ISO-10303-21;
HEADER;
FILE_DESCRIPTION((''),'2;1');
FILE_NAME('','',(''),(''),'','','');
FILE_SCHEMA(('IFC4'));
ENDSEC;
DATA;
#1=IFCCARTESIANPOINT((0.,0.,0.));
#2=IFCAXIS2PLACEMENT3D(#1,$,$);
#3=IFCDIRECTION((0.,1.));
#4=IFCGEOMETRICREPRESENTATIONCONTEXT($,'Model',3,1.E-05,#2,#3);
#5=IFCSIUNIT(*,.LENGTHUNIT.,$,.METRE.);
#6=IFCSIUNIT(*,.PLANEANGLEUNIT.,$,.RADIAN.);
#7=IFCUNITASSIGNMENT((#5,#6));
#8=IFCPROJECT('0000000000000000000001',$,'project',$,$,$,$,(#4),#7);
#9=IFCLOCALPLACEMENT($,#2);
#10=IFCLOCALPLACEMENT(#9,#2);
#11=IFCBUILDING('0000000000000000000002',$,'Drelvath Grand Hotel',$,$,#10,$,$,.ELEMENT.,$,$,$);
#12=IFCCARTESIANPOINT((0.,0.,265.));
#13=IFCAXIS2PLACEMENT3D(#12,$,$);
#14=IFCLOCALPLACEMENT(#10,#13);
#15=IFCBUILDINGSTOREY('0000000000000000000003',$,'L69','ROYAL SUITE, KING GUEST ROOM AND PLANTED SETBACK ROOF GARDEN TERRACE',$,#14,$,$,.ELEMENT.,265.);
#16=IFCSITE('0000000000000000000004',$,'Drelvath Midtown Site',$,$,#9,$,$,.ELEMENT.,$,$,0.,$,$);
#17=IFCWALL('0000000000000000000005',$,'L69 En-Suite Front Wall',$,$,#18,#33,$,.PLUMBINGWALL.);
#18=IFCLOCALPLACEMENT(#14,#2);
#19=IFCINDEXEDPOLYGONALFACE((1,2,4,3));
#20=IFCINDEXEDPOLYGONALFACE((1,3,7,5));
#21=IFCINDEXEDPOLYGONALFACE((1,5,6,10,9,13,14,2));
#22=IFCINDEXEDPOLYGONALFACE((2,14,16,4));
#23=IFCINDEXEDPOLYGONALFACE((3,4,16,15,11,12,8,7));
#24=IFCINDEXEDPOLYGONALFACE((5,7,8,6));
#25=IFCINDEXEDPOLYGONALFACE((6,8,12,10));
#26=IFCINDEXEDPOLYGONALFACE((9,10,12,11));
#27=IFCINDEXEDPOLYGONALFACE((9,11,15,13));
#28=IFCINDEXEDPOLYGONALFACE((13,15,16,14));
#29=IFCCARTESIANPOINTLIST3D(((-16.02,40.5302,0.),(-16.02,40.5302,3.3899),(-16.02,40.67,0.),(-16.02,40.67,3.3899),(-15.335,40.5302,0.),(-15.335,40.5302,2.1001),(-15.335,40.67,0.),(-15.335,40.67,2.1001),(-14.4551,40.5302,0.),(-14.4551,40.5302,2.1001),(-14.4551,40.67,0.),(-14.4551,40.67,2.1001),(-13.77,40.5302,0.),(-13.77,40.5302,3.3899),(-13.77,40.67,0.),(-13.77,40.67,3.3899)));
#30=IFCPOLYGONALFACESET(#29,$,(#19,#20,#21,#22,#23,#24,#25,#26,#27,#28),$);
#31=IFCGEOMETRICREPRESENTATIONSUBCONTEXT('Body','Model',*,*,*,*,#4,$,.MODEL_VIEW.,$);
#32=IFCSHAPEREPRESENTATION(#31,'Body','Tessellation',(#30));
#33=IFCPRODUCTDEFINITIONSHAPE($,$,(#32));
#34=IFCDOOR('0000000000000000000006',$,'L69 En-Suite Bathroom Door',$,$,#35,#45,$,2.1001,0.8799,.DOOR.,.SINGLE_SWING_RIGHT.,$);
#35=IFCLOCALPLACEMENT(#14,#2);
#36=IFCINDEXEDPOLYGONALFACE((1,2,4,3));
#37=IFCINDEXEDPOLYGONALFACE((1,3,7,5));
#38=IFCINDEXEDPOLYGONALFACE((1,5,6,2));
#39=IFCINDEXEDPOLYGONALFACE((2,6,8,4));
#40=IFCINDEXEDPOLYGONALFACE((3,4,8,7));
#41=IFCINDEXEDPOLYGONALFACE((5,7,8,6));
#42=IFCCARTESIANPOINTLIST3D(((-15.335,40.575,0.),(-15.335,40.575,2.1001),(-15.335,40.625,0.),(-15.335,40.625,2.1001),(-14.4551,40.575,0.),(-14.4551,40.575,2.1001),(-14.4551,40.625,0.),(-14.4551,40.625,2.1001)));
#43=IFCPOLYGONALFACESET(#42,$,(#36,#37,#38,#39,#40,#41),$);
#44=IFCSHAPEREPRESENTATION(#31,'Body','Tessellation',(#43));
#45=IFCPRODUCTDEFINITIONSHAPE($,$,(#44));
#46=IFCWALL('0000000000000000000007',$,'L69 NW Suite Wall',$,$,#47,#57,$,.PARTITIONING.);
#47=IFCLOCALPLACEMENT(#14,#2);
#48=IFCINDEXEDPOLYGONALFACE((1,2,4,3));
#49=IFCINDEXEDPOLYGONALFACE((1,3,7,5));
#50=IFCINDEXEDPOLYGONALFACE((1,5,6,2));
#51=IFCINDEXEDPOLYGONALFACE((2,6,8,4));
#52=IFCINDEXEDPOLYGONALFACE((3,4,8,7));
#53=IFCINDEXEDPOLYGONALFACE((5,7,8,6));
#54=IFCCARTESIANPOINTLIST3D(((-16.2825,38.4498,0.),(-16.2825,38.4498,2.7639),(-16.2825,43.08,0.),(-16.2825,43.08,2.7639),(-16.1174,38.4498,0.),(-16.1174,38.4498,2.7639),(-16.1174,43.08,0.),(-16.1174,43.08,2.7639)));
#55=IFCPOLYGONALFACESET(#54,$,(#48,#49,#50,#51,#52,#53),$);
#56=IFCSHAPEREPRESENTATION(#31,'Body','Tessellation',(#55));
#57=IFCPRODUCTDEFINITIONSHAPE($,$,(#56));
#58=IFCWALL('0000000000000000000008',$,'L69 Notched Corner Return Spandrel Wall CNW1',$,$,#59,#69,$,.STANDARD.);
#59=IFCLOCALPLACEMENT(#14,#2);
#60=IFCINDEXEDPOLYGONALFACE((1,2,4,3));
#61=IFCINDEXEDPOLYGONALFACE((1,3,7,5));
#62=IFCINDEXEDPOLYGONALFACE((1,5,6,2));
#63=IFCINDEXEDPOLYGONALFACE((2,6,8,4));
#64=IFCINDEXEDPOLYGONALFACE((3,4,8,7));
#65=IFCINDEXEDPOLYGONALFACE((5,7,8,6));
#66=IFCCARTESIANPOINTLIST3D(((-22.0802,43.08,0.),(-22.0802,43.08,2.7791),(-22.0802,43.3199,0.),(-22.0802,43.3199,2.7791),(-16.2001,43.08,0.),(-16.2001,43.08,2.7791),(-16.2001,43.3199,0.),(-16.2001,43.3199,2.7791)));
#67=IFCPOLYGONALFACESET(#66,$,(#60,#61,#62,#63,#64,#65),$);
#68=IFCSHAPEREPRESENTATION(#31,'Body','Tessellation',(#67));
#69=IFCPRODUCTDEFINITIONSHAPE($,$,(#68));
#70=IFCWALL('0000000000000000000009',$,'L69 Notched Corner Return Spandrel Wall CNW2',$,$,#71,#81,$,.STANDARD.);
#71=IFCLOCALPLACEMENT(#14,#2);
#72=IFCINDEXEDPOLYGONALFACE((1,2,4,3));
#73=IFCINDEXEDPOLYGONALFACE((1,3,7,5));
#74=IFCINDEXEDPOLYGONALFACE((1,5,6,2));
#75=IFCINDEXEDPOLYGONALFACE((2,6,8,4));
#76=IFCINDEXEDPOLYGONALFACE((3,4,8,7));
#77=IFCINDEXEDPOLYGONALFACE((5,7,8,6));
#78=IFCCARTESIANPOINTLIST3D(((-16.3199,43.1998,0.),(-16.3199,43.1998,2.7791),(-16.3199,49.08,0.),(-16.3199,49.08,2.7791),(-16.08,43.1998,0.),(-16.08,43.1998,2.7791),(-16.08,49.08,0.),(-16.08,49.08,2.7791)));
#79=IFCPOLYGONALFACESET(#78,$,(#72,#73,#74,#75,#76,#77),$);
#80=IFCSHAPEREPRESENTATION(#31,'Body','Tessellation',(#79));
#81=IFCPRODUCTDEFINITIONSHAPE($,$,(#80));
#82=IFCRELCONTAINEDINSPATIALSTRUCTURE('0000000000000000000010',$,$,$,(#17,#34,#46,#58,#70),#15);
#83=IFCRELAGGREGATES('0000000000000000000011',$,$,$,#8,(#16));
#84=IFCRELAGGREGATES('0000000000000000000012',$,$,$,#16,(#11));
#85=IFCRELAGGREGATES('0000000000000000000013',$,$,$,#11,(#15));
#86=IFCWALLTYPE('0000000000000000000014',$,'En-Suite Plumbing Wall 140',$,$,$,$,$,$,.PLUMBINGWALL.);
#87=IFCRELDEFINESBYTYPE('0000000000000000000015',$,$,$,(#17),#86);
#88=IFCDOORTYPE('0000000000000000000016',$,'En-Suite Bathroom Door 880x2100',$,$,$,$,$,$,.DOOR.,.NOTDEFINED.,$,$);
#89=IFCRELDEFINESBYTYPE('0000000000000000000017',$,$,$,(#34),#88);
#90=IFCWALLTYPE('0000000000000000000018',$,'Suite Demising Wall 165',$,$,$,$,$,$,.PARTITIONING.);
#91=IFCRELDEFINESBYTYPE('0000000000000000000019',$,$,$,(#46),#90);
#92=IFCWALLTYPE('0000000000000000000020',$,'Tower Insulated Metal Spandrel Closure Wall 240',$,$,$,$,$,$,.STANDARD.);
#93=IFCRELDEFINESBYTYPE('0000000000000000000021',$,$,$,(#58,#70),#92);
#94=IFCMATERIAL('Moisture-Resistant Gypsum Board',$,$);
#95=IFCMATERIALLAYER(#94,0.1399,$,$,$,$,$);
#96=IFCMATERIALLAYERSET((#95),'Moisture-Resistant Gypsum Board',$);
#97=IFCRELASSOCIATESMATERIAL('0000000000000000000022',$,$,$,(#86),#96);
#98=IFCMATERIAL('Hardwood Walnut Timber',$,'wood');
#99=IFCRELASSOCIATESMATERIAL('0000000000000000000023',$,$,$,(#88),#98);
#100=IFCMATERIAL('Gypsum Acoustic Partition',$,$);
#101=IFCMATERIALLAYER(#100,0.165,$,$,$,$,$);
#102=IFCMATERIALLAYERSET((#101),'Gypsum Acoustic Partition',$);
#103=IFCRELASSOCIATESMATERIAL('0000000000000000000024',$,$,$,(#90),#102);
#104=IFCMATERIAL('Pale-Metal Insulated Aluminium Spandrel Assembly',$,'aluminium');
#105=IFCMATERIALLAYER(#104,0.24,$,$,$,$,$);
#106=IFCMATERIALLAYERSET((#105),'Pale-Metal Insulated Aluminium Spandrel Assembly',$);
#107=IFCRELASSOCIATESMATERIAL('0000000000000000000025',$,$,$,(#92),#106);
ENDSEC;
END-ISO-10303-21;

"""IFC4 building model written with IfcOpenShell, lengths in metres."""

from ifc_helpers import new_model, si_unit, direction, frame, frame_2d, origin, place, context, subcontext, project, spatial, rectangle, extrude, material, layer, layer_set, type_object, element, fill, save


model = new_model("IFC4")

# Units and contexts
model_context = context("Model", 3, precision=1e-05, world=origin(), true_north=direction((0.0, 1.0)))
body_context = subcontext(model_context, "Body", "Model", "MODEL_VIEW")
ifc_project = project(units=[si_unit("LENGTHUNIT", "METRE"), si_unit("PLANEANGLEUNIT", "RADIAN")], contexts=[model_context])

# Site, building, storey
site_placement = place(None, origin())
site = spatial("IfcSite", under=ifc_project, at=site_placement, Name="Drelvath Midtown Site", CompositionType="ELEMENT", RefElevation=0.0)
building_placement = place(site_placement, origin())
building = spatial("IfcBuilding", under=site, at=building_placement, Name="Drelvath Grand Hotel", CompositionType="ELEMENT")
storey_placement = place(building_placement, frame((0.0, 0.0, 265.0)))
storey = spatial("IfcBuildingStorey", under=building, at=storey_placement, Name="L69", Description="ROYAL SUITE, KING GUEST ROOM AND PLANTED SETBACK ROOF GARDEN TERRACE", CompositionType="ELEMENT", Elevation=265.0)

# Shared definitions
ifc_material_1 = material(Name="Hardwood Walnut Timber", Category="wood")

# Shared definitions
ifc_material_2 = material(Name="Moisture-Resistant Gypsum Board")
ifc_layer_1 = layer(ifc_material_2, 0.1399)
ifc_layer_set_1 = layer_set([ifc_layer_1], Name="Moisture-Resistant Gypsum Board")
wall_type_1 = type_object("IfcWallType", Name="En-Suite Plumbing Wall 140", PredefinedType="PLUMBINGWALL", material=ifc_layer_set_1)

# Wall, opening, door
wall_1_placement = place(storey_placement, frame((-16.02, 40.6001, 0.0), z_axis=(0.0, 0.0, 1.0), x_axis=(1.0, 0.0, 0.0)))
wall_1 = element("IfcWall", 1, at=wall_1_placement, inside=storey, type_object=wall_type_1, Name="L69 En-Suite Front Wall", PredefinedType="PLUMBINGWALL", context=body_context, shape_type="SweptSolid", body=[
    extrude(rectangle(XDim=2.25, YDim=0.1399, at=frame_2d((1.125, 0.0))), origin(), (0.0, 0.0, 1.0), 3.3899),
])
opening_1_placement = place(wall_1_placement, frame((0.6851, 0.0, 0.0)))
opening_1 = element("IfcOpeningElement", 2, at=opening_1_placement, cuts=wall_1, PredefinedType="OPENING", context=body_context, shape_type="SweptSolid", body=[
    extrude(rectangle(XDim=0.8799, YDim=2.1001, at=frame_2d((0.4399, 1.05))), frame((0.0, 0.0798, 0.0), z_axis=(0.0, -1.0, 0.0), x_axis=(1.0, 0.0, 0.0)), (0.0, 0.0, 1.0), 0.1599),
])
door_type_1 = type_object("IfcDoorType", Name="En-Suite Bathroom Door 880x2100", OperationType="NOTDEFINED", PredefinedType="DOOR", material=ifc_material_1)
door_1_placement = place(opening_1_placement, origin())
door_1 = element("IfcDoor", 3, at=door_1_placement, inside=storey, type_object=door_type_1, Name="L69 En-Suite Bathroom Door", OperationType="SINGLE_SWING_RIGHT", OverallHeight=2.1001, OverallWidth=0.8799, PredefinedType="DOOR", context=body_context, shape_type="SweptSolid", body=[
    extrude(rectangle(XDim=0.8799, YDim=2.1001, at=frame_2d((0.4399, 1.05))), frame((0.0, 0.0249, 0.0), z_axis=(0.0, -1.0, 0.0), x_axis=(1.0, 0.0, 0.0)), (0.0, 0.0, 1.0), 0.05),
])
fill(opening_1, door_1)

# Walls
ifc_material_3 = material(Name="Gypsum Acoustic Partition")
ifc_layer_2 = layer(ifc_material_3, 0.165)
ifc_layer_set_2 = layer_set([ifc_layer_2], Name="Gypsum Acoustic Partition")
wall_type_2 = type_object("IfcWallType", Name="Suite Demising Wall 165", PredefinedType="PARTITIONING", material=ifc_layer_set_2)
wall_2_placement = place(storey_placement, frame((-16.2, 38.45, 0.0), z_axis=(0.0, 0.0, 1.0), x_axis=(0.0, 1.0, 0.0)))
element("IfcWall", 4, at=wall_2_placement, inside=storey, type_object=wall_type_2, Name="L69 NW Suite Wall", PredefinedType="PARTITIONING", context=body_context, shape_type="SweptSolid", body=[
    extrude(rectangle(XDim=4.6301, YDim=0.165, at=frame_2d((2.3149, 0.0))), origin(), (0.0, 0.0, 1.0), 2.7639),
])
ifc_material_4 = material(Name="Pale-Metal Insulated Aluminium Spandrel Assembly", Category="aluminium")
ifc_layer_3 = layer(ifc_material_4, 0.24)
ifc_layer_set_3 = layer_set([ifc_layer_3], Name="Pale-Metal Insulated Aluminium Spandrel Assembly")
wall_type_3 = type_object("IfcWallType", Name="Tower Insulated Metal Spandrel Closure Wall 240", PredefinedType="STANDARD", material=ifc_layer_set_3)
for number, where, z_axis, x_axis, name in (
    (5, (-22.0801, 43.2, 0.0), (0.0, 0.0, 1.0), (1.0, 0.0, 0.0), "L69 Notched Corner Return Spandrel Wall CNW1"),
    (6, (-16.2, 43.2, 0.0), (0.0, 0.0, 1.0), (0.0, 1.0, 0.0), "L69 Notched Corner Return Spandrel Wall CNW2"),
):
    element("IfcWall", number, at=place(storey_placement, frame(where, z_axis=z_axis, x_axis=x_axis)), inside=storey, type_object=wall_type_3, Name=name, PredefinedType="STANDARD", context=body_context, shape_type="SweptSolid", body=[
        extrude(rectangle(XDim=5.8801, YDim=0.24, at=frame_2d((2.9399, 0.0))), origin(), (0.0, 0.0, 1.0), 2.7791),
    ])

save(model, "model.ifc")
